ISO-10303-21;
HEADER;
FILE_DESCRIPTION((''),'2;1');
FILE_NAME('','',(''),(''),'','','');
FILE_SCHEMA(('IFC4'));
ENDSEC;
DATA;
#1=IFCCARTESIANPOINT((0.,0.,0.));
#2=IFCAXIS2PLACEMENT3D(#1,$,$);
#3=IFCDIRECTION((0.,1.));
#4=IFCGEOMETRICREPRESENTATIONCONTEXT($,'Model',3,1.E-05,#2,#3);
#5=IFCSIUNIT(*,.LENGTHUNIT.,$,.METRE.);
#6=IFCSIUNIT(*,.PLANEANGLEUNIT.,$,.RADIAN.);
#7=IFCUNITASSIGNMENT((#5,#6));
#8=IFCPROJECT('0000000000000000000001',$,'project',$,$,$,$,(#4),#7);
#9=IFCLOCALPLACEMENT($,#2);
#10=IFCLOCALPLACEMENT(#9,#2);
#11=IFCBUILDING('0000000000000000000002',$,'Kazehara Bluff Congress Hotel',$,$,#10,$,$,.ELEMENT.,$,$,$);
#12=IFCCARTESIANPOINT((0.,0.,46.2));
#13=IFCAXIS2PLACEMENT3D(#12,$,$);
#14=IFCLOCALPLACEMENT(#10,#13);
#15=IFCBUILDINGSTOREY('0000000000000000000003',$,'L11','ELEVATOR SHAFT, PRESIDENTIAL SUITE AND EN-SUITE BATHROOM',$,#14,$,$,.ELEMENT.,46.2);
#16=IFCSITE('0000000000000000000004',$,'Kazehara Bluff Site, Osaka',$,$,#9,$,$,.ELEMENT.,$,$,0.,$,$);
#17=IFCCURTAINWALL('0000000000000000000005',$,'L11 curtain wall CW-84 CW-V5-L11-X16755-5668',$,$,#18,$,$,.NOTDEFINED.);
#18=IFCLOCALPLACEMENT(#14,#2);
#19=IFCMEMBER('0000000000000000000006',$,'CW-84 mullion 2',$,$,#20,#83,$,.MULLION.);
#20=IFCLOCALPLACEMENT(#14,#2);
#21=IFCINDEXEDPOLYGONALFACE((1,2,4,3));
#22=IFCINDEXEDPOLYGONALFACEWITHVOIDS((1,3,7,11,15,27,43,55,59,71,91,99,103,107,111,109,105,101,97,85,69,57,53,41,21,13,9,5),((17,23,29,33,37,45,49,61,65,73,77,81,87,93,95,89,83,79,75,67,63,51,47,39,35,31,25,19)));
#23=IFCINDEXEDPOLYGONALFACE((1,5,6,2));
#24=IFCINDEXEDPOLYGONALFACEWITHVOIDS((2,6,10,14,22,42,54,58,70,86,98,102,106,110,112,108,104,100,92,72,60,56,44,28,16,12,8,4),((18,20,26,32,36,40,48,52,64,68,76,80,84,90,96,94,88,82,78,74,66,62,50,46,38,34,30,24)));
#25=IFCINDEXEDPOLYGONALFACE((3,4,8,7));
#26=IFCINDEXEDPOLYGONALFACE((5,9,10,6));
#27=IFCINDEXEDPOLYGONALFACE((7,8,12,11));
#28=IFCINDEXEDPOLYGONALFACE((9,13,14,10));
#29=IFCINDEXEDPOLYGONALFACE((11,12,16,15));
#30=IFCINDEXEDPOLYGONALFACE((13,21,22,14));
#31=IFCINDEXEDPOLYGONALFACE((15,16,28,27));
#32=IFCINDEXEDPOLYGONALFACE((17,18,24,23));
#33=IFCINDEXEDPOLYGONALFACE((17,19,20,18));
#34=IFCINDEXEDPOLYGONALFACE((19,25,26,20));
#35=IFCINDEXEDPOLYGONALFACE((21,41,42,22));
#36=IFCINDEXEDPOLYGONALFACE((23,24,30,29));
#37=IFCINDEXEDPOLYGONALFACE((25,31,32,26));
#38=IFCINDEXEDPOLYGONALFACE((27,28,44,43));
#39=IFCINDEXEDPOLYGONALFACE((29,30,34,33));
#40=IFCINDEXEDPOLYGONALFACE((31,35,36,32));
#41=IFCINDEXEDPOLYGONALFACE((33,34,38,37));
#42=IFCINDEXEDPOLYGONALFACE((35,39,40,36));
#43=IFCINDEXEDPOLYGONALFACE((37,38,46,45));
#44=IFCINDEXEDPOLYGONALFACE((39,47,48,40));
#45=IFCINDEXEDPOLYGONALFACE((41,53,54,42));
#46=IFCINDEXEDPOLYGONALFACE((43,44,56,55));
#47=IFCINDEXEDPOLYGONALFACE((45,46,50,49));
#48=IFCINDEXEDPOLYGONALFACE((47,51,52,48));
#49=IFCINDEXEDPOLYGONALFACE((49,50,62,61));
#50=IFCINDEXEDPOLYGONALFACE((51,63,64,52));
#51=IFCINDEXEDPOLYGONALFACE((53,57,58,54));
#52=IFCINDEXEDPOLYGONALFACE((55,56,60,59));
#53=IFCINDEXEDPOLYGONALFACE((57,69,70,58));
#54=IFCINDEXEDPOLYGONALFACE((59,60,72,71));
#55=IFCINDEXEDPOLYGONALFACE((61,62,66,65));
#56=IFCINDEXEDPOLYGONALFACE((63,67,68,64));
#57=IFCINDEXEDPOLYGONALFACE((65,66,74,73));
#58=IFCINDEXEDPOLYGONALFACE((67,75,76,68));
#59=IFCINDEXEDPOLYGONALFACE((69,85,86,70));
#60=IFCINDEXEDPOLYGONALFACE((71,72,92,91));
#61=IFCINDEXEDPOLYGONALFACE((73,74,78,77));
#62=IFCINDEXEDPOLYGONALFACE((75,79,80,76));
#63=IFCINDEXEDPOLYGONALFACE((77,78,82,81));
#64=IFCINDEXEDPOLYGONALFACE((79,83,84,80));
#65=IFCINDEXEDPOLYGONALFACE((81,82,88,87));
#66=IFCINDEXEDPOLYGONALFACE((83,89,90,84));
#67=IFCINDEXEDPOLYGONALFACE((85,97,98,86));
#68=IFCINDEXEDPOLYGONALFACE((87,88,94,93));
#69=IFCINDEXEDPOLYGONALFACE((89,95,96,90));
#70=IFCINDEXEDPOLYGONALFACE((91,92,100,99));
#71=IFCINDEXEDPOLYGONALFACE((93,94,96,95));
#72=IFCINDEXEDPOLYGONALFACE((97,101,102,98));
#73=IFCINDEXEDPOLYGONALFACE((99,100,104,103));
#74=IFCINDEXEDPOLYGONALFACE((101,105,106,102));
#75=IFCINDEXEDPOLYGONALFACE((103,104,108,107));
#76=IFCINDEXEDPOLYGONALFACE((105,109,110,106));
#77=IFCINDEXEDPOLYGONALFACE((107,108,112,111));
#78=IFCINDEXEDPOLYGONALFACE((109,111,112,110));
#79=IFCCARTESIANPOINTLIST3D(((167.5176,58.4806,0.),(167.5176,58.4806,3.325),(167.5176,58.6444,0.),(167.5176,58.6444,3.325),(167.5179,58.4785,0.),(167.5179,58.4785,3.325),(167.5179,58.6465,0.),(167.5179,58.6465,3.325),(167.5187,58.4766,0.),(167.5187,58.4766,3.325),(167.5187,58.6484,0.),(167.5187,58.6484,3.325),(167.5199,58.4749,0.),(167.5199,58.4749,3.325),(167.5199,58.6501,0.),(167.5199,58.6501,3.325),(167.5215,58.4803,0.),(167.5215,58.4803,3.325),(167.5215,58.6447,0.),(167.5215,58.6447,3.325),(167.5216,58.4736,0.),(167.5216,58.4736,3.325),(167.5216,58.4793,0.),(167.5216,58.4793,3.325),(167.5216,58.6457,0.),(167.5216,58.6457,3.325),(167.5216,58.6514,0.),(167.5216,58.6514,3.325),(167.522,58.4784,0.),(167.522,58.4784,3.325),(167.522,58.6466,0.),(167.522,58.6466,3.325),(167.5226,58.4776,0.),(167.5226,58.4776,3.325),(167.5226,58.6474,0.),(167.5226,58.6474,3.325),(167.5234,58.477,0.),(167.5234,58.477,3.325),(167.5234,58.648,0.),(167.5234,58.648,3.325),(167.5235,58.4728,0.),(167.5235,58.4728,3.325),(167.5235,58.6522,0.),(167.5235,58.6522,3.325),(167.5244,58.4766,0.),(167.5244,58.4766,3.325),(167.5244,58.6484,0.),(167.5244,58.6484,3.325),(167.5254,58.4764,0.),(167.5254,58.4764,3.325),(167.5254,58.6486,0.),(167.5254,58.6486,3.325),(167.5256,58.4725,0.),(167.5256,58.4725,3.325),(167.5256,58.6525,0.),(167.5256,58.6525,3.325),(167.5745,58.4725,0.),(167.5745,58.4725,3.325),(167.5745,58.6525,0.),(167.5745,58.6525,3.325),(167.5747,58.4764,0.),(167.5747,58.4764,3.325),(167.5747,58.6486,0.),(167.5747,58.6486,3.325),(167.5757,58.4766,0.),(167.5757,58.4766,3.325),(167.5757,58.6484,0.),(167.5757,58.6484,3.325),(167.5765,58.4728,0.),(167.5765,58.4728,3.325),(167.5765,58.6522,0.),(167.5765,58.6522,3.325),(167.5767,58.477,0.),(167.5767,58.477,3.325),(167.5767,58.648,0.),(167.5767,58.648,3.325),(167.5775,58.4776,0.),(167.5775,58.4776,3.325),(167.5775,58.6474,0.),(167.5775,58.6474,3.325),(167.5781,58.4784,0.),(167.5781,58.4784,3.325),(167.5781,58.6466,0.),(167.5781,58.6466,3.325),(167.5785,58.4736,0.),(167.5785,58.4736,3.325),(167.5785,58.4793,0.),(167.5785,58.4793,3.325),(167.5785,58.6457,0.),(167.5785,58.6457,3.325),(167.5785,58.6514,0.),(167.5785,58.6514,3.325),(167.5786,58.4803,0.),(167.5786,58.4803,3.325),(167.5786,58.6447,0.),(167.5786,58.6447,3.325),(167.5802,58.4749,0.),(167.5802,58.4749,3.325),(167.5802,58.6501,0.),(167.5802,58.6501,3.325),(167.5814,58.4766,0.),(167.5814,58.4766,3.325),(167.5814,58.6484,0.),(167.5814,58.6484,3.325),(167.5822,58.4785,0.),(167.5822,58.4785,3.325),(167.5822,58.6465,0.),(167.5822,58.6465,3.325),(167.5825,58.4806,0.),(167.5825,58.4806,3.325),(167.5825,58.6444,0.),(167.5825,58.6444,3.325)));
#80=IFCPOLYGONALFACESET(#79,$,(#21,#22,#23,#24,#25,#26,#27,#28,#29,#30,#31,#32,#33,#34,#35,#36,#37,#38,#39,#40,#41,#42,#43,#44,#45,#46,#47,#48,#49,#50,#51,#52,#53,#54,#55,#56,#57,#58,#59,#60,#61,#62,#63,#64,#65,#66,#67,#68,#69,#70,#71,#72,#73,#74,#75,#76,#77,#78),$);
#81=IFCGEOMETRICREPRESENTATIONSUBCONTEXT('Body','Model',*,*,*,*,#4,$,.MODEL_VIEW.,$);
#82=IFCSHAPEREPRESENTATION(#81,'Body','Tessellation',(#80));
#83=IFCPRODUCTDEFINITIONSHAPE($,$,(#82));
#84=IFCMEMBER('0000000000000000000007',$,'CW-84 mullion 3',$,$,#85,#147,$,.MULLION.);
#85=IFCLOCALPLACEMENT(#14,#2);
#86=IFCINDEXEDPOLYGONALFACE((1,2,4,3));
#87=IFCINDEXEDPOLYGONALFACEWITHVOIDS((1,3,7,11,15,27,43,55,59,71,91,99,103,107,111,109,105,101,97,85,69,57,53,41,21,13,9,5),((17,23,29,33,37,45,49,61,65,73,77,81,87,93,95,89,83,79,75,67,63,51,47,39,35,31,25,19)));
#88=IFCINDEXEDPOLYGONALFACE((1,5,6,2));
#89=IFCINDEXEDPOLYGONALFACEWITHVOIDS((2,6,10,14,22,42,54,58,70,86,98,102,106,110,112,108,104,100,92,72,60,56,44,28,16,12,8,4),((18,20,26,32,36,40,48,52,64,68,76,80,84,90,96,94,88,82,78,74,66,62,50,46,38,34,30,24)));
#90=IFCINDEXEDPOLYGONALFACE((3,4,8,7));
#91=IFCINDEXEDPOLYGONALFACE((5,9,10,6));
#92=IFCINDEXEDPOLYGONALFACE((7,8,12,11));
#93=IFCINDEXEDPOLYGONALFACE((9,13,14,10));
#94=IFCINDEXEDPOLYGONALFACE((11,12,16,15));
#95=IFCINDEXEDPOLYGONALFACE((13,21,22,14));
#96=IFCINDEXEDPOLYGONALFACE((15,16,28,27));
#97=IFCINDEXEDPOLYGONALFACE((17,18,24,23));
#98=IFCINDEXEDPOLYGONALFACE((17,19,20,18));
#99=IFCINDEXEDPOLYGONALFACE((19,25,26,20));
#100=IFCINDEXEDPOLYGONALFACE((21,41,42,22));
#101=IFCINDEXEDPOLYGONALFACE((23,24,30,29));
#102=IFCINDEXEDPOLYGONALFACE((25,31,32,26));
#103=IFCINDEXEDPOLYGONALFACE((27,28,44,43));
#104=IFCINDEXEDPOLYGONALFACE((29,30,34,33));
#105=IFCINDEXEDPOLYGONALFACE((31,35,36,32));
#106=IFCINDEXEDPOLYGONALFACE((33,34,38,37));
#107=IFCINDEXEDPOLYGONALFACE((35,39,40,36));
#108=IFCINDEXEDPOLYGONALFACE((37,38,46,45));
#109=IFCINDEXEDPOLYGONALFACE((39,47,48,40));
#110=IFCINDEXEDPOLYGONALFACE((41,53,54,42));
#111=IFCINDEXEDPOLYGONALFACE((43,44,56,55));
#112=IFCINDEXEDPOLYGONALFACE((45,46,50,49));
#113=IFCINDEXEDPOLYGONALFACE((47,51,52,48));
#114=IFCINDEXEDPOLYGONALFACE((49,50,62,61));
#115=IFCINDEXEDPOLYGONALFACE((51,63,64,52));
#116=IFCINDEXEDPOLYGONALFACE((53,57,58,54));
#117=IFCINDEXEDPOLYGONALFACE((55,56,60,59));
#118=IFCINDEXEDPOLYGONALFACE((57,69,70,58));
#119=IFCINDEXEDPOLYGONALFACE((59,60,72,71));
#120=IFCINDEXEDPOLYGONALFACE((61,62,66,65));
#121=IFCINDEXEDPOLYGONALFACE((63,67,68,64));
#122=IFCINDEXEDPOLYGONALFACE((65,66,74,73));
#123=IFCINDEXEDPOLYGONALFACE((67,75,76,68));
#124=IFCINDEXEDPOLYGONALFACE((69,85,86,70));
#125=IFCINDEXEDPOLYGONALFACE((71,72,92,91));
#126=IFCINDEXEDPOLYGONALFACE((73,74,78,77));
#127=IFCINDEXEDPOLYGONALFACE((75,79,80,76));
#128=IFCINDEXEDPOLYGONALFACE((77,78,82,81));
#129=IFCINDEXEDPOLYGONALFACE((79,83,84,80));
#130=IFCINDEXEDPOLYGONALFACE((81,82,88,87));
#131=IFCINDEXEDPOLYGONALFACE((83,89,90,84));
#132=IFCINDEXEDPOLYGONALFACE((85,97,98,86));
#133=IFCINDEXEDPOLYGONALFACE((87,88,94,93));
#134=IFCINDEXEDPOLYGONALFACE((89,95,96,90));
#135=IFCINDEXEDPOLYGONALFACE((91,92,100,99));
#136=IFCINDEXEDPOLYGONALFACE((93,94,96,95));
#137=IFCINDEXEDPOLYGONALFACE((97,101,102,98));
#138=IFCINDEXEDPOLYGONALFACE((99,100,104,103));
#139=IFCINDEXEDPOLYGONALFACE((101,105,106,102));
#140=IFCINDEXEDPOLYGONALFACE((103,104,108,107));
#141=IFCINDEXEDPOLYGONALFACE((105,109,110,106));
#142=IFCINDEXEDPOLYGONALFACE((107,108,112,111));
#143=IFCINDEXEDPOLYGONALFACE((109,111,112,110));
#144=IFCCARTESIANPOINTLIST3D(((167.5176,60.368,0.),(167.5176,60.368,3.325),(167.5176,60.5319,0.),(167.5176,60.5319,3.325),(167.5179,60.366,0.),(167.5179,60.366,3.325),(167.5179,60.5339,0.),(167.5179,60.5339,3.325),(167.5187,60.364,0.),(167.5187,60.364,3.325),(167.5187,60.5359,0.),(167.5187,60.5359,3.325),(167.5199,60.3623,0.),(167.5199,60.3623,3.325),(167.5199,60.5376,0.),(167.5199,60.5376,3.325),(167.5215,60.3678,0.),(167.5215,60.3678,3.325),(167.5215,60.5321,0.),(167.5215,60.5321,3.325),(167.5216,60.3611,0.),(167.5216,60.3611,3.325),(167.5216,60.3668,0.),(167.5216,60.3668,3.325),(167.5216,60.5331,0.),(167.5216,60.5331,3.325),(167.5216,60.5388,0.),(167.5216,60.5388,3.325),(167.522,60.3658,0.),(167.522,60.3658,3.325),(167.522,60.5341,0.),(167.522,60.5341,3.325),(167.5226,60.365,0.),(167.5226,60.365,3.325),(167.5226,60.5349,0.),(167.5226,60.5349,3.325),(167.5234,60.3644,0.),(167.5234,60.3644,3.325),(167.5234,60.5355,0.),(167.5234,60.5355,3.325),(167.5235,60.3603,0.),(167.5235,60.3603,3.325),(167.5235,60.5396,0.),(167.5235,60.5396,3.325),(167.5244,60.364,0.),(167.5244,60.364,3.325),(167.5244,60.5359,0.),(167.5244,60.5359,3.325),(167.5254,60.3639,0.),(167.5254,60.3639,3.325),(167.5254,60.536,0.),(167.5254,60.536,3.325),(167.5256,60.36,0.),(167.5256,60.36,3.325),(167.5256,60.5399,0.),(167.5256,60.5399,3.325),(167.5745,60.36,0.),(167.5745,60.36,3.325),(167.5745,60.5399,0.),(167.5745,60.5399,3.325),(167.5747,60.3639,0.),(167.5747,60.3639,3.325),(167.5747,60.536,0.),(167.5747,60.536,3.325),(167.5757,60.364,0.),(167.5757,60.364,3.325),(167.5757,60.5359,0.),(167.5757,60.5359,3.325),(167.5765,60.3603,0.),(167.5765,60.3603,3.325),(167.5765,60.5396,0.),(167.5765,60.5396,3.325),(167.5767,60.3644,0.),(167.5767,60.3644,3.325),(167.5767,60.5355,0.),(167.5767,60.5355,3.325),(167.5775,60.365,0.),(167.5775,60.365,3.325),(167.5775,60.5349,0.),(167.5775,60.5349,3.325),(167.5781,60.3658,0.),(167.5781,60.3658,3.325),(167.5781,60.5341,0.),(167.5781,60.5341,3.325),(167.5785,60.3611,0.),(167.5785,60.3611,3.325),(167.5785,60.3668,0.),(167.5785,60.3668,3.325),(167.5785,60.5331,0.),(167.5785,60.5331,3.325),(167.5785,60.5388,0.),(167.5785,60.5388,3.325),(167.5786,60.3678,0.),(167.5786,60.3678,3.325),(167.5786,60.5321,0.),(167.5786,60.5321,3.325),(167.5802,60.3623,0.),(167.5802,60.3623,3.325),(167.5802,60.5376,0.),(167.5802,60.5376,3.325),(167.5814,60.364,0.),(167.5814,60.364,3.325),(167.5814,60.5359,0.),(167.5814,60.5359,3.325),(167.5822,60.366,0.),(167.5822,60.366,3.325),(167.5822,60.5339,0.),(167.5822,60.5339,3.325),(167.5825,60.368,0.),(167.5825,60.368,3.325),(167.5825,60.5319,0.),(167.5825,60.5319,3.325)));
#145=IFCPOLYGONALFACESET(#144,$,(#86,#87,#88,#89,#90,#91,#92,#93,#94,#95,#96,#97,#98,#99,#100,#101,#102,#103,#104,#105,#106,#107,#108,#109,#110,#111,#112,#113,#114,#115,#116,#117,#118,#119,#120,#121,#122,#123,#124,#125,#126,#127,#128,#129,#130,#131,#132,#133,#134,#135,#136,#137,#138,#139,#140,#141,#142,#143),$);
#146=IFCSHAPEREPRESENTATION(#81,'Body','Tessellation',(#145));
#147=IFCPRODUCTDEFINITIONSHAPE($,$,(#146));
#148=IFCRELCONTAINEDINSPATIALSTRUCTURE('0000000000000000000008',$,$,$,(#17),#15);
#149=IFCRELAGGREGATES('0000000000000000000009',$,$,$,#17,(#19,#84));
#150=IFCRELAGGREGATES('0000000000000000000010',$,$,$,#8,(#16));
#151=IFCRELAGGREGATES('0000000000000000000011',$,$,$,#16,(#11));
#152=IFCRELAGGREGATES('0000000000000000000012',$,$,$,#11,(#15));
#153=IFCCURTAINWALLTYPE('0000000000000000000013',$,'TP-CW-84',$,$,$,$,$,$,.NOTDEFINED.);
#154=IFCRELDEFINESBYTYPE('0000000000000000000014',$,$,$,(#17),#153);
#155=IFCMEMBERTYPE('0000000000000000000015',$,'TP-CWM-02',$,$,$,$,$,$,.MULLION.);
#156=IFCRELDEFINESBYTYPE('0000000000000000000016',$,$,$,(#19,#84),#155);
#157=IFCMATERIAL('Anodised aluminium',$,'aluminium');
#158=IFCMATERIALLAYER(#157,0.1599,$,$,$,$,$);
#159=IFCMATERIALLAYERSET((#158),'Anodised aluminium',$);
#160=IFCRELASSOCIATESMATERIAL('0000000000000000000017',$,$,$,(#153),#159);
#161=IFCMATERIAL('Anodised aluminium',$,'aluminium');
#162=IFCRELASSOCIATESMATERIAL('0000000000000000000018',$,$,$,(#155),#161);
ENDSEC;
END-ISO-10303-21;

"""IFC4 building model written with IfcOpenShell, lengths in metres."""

from ifc_helpers import new_model, si_unit, direction, frame, origin, origin_2d, place, context, subcontext, project, spatial, hollow_rectangle, extrude, material, layer, layer_set, material_profile, profile_set, type_object, element, aggregate, save


model = new_model("IFC4")

# Units and contexts
model_context = context("Model", 3, precision=1e-05, world=origin(), true_north=direction((0.0, 1.0)))
body_context = subcontext(model_context, "Body", "Model", "MODEL_VIEW")
ifc_project = project(units=[si_unit("LENGTHUNIT", "METRE"), si_unit("PLANEANGLEUNIT", "RADIAN")], contexts=[model_context])

# Site, building, storey
site_placement = place(None, origin())
site = spatial("IfcSite", under=ifc_project, at=site_placement, Name="Kazehara Bluff Site, Osaka", CompositionType="ELEMENT", RefElevation=0.0)
building_placement = place(site_placement, origin())
building = spatial("IfcBuilding", under=site, at=building_placement, Name="Kazehara Bluff Congress Hotel", CompositionType="ELEMENT")
storey_placement = place(building_placement, frame((0.0, 0.0, 46.2)))
storey = spatial("IfcBuildingStorey", under=building, at=storey_placement, Name="L11", Description="ELEVATOR SHAFT, PRESIDENTIAL SUITE AND EN-SUITE BATHROOM", CompositionType="ELEMENT", Elevation=46.2)

# Curtain wall, members
ifc_material_1 = material(Name="Anodised aluminium", Category="aluminium")
ifc_layer_1 = layer(ifc_material_1, 0.1599)
ifc_layer_set_1 = layer_set([ifc_layer_1], Name="Anodised aluminium")
curtain_wall_type = type_object("IfcCurtainWallType", Name="TP-CW-84", PredefinedType="NOTDEFINED", material=ifc_layer_set_1)
curtain_wall_placement = place(storey_placement, origin())
curtain_wall = element("IfcCurtainWall", 1, at=curtain_wall_placement, inside=storey, type_object=curtain_wall_type, Name="L11 curtain wall CW-84 CW-V5-L11-X16755-5668", PredefinedType="NOTDEFINED")
ifc_material_2 = material(Name="Anodised aluminium", Category="aluminium")
ifc_material_profile_1 = material_profile(ifc_material_2, hollow_rectangle(XDim=0.0649, YDim=0.1799, WallThickness=0.0039, InnerFilletRadius=0.0039, OuterFilletRadius=0.0081, at=origin_2d()))
ifc_profile_set_1 = profile_set([ifc_material_profile_1], Name="Anodised aluminium")
member_type_1 = type_object("IfcMemberType", Name="TP-CWM-02", PredefinedType="MULLION", material=ifc_profile_set_1)
member_1_placement = place(storey_placement, frame((167.55, 58.5625, 0.0), z_axis=(0.0, 0.0, 1.0), x_axis=(-1.0, 0.0, 0.0)))
member_1 = element("IfcMember", 2, at=member_1_placement, type_object=member_type_1, Name="CW-84 mullion 2", PredefinedType="MULLION", context=body_context, shape_type="SweptSolid", body=[
    extrude(hollow_rectangle(XDim=0.0649, YDim=0.1799, WallThickness=0.0039, InnerFilletRadius=0.0039, OuterFilletRadius=0.0081, at=origin_2d()), origin(), (0.0, 0.0, 1.0), 3.325),
])
member_2_placement = place(storey_placement, frame((167.55, 60.45, 0.0), z_axis=(0.0, 0.0, 1.0), x_axis=(-1.0, 0.0, 0.0)))
member_2 = element("IfcMember", 3, at=member_2_placement, type_object=member_type_1, Name="CW-84 mullion 3", PredefinedType="MULLION", context=body_context, shape_type="SweptSolid", body=[
    extrude(hollow_rectangle(XDim=0.0649, YDim=0.1799, WallThickness=0.0039, InnerFilletRadius=0.0039, OuterFilletRadius=0.0081, at=origin_2d()), origin(), (0.0, 0.0, 1.0), 3.325),
])

aggregate(curtain_wall, [member_1, member_2])

save(model, "model.ifc")
